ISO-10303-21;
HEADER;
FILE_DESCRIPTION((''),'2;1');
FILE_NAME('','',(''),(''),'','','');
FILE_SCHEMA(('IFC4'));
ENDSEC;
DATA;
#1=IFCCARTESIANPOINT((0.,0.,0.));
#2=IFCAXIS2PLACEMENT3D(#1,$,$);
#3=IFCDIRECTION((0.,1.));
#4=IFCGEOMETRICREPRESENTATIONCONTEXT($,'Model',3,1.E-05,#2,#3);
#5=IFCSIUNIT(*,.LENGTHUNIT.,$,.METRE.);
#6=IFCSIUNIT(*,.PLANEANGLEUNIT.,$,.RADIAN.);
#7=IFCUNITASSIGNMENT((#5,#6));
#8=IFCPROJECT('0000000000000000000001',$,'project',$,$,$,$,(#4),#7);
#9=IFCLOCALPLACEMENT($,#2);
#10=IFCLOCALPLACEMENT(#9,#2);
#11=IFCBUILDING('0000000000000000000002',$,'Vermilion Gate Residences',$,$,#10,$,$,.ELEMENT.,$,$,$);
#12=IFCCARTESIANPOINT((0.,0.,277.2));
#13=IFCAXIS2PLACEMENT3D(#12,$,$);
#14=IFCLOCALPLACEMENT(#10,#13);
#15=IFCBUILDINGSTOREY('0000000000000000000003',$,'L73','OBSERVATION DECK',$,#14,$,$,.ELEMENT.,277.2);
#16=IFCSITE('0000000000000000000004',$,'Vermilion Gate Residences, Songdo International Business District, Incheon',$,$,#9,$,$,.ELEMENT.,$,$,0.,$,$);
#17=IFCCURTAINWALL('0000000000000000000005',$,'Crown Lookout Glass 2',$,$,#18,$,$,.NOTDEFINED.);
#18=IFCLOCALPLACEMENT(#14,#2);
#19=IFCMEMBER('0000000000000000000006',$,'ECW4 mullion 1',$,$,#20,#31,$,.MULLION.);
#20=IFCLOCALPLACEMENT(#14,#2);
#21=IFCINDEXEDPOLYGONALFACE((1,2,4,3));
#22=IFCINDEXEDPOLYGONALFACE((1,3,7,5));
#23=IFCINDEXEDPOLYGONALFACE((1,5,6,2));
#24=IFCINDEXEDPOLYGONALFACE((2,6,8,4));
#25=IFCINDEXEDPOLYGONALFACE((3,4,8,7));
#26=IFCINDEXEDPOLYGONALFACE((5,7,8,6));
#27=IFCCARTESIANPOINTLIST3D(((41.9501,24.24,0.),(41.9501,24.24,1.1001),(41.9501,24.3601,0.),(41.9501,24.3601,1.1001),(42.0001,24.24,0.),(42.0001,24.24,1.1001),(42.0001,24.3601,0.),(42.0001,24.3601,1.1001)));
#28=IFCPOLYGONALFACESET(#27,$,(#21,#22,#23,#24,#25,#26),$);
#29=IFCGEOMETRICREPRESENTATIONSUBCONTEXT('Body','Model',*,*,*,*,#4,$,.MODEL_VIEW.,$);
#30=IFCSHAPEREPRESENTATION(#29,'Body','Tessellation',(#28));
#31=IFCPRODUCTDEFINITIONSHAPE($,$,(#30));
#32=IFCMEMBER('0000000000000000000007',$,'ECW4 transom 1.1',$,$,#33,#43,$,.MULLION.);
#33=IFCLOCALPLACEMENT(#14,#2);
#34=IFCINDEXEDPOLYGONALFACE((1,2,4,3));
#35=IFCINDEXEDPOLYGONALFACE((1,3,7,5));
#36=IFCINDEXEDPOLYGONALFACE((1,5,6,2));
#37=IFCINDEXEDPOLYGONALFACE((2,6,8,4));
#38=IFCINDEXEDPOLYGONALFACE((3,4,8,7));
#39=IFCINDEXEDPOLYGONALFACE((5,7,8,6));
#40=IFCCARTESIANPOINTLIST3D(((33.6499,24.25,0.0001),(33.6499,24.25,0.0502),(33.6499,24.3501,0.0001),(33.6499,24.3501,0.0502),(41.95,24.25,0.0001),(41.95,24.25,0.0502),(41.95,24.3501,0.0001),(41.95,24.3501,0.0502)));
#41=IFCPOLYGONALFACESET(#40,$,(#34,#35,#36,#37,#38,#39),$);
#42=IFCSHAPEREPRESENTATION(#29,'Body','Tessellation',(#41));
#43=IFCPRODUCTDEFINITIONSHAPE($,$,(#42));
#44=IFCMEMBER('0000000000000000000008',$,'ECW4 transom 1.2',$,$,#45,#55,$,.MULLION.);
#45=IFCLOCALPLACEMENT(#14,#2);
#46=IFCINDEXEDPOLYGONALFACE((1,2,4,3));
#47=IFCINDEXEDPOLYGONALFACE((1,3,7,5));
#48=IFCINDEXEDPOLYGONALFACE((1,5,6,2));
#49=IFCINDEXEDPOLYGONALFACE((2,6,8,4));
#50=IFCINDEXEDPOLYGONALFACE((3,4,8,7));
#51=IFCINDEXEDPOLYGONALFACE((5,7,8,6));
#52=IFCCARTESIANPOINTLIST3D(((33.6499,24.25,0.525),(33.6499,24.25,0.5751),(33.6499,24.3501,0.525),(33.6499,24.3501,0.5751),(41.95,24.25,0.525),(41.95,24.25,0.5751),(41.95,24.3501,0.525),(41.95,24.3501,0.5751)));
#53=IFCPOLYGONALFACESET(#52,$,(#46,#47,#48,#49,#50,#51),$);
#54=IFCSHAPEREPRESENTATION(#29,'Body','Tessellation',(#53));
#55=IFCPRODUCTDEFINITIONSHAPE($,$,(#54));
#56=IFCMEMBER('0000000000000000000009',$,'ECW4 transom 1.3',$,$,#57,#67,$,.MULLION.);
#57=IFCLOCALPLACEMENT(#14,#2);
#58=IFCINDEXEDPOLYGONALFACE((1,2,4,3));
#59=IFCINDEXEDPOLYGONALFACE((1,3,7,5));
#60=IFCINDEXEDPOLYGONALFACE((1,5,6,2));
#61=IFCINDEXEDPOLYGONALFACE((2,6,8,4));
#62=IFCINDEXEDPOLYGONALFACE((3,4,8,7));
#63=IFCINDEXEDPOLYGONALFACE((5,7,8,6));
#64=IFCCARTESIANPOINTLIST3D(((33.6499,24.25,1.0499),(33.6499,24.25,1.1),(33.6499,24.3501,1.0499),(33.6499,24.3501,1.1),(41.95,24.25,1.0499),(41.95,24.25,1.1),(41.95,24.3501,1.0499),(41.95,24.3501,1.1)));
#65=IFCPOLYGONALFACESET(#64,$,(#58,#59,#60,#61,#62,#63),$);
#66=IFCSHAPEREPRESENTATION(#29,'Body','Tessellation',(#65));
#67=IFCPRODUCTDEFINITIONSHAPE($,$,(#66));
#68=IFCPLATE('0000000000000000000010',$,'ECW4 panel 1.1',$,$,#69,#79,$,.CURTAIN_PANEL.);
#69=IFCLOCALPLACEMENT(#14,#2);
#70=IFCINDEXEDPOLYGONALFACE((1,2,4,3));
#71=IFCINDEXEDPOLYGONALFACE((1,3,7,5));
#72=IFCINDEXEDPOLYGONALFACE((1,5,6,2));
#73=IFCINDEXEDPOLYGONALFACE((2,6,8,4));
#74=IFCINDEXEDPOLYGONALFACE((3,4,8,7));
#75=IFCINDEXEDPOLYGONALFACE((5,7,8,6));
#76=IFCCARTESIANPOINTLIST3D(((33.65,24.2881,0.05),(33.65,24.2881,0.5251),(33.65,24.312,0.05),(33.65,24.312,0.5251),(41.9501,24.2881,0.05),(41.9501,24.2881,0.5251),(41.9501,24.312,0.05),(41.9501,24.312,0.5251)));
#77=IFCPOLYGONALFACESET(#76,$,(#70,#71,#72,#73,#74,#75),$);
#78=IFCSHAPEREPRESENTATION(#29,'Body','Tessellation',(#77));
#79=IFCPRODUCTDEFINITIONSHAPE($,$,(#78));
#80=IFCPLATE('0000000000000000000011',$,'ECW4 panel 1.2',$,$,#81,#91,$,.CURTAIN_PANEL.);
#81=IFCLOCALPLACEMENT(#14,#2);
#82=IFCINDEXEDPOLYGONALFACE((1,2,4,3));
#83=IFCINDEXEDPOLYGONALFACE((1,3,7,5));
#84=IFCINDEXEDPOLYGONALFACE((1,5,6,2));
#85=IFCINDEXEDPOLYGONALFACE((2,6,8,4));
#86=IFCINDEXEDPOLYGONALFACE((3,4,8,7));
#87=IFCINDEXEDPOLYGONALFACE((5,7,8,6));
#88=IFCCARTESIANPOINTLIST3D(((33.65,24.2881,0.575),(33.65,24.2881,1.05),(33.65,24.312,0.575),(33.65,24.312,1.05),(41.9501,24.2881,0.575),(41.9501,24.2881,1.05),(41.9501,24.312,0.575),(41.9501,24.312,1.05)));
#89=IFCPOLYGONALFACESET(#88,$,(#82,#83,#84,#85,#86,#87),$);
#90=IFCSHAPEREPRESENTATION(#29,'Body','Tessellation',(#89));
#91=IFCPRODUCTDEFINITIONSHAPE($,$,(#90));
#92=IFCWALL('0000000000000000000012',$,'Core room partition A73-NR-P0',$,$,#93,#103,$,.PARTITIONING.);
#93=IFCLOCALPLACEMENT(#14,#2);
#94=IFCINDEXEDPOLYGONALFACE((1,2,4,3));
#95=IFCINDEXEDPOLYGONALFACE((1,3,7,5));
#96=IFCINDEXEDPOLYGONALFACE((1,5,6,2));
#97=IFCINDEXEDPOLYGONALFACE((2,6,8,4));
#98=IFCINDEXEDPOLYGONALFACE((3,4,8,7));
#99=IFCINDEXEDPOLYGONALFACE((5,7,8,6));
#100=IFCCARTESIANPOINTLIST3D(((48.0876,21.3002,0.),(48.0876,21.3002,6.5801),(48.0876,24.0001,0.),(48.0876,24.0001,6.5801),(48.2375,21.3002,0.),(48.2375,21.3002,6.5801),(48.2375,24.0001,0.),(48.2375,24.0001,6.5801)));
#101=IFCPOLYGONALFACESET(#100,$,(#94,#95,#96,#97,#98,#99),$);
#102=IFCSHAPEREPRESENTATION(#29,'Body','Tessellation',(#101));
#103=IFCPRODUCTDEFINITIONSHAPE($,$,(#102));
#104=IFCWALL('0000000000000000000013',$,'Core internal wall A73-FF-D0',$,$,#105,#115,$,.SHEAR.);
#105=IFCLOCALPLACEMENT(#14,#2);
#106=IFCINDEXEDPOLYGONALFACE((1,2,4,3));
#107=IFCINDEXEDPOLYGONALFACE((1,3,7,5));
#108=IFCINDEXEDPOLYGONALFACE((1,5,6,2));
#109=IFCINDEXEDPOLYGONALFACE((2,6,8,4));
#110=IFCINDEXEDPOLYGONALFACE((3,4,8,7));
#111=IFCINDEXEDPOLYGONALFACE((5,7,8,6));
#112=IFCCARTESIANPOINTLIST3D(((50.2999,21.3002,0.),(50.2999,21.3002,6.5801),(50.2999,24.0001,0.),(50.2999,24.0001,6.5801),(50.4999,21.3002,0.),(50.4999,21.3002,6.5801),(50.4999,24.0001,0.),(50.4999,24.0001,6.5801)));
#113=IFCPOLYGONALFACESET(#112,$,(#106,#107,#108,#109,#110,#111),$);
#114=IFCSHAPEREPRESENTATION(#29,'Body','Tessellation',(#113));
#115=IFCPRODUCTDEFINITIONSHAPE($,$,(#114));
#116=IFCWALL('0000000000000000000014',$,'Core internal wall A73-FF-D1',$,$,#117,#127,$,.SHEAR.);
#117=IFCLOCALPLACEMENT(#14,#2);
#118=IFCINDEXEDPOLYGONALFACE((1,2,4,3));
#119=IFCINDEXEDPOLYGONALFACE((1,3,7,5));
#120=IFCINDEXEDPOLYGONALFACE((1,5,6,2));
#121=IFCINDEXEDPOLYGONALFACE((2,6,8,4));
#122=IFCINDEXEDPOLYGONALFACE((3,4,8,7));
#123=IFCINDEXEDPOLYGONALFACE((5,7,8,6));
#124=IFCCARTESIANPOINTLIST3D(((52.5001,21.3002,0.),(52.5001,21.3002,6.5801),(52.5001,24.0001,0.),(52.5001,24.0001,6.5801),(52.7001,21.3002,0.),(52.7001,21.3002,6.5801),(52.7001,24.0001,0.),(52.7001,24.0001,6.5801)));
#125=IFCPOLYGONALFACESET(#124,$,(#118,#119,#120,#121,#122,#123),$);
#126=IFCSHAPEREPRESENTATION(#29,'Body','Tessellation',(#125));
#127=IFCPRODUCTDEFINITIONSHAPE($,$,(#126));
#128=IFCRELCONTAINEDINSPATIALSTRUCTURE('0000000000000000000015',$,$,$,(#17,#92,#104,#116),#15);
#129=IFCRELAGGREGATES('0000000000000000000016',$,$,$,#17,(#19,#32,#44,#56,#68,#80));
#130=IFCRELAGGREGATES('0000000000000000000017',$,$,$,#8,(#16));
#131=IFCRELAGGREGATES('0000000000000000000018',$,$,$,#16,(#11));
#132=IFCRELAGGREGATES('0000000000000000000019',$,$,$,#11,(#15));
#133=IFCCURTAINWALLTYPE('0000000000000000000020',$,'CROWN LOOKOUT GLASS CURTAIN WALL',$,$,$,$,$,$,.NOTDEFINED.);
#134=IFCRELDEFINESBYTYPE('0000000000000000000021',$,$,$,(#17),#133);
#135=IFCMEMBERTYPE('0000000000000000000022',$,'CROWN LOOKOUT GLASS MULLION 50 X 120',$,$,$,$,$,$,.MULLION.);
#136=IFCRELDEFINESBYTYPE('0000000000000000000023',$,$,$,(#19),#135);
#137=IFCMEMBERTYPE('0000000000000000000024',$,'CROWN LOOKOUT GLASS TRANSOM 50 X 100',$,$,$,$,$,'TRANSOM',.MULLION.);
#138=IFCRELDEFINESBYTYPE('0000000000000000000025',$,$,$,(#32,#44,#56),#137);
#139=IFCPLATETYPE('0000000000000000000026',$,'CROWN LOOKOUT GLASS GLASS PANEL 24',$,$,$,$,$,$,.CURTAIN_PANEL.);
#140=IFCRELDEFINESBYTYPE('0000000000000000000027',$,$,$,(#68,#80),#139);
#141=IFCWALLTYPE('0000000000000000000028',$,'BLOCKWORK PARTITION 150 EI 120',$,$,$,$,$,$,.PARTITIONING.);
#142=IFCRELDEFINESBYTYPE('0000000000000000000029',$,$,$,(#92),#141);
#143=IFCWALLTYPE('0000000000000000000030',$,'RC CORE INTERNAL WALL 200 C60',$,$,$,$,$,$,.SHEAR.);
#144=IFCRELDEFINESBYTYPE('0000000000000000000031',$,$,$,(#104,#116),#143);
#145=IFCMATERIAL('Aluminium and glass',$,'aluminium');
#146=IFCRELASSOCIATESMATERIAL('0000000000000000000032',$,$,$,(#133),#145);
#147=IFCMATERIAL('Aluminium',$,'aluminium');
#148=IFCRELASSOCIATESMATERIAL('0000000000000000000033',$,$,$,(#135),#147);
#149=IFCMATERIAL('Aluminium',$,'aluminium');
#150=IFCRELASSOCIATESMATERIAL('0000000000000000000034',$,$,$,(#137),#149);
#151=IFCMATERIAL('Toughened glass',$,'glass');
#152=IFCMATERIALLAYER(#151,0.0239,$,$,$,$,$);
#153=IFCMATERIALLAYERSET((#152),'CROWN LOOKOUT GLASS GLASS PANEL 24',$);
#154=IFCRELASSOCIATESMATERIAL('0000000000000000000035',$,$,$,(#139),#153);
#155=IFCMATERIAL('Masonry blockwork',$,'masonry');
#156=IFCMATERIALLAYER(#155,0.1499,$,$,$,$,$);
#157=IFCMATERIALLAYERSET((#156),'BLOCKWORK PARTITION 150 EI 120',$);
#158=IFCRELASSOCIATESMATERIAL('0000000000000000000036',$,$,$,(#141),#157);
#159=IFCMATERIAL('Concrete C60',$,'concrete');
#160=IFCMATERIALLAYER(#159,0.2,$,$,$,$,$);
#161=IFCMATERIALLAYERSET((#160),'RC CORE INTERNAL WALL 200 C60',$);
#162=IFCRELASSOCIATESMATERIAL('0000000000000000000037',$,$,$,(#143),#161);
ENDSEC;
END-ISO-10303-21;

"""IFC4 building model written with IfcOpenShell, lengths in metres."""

from ifc_helpers import new_model, si_unit, direction, frame, frame_2d, origin, origin_2d, place, context, subcontext, project, spatial, rectangle, extrude, material, layer, layer_set, material_profile, profile_set, type_object, element, aggregate, save


model = new_model("IFC4")

# Units and contexts
model_context = context("Model", 3, precision=1e-05, world=origin(), true_north=direction((0.0, 1.0)))
body_context = subcontext(model_context, "Body", "Model", "MODEL_VIEW")
ifc_project = project(units=[si_unit("LENGTHUNIT", "METRE"), si_unit("PLANEANGLEUNIT", "RADIAN")], contexts=[model_context])

# Site, building, storey
site_placement = place(None, origin())
site = spatial("IfcSite", under=ifc_project, at=site_placement, Name="Vermilion Gate Residences, Songdo International Business District, Incheon", CompositionType="ELEMENT", RefElevation=0.0)
building_placement = place(site_placement, origin())
building = spatial("IfcBuilding", under=site, at=building_placement, Name="Vermilion Gate Residences", CompositionType="ELEMENT")
storey_placement = place(building_placement, frame((0.0, 0.0, 277.2)))
storey = spatial("IfcBuildingStorey", under=building, at=storey_placement, Name="L73", Description="OBSERVATION DECK", CompositionType="ELEMENT", Elevation=277.2)

# Curtain wall, members, plates
ifc_material_1 = material(Name="Aluminium and glass", Category="aluminium")
curtain_wall_type = type_object("IfcCurtainWallType", Name="CROWN LOOKOUT GLASS CURTAIN WALL", PredefinedType="NOTDEFINED", material=ifc_material_1)
curtain_wall_placement = place(storey_placement, origin())
curtain_wall = element("IfcCurtainWall", 1, at=curtain_wall_placement, inside=storey, type_object=curtain_wall_type, Name="Crown Lookout Glass 2", PredefinedType="NOTDEFINED")
ifc_material_2 = material(Name="Aluminium", Category="aluminium")
ifc_material_profile_1 = material_profile(ifc_material_2, rectangle(XDim=0.1201, YDim=0.05, at=origin_2d()), Name="MULLION 50 X 120")
ifc_profile_set_1 = profile_set([ifc_material_profile_1], Name="Aluminium")
member_type_1 = type_object("IfcMemberType", Name="CROWN LOOKOUT GLASS MULLION 50 X 120", PredefinedType="MULLION", material=ifc_profile_set_1)
member_1_placement = place(storey_placement, frame((41.9751, 24.3, 0.0), z_axis=(0.0, 0.0, 1.0), x_axis=(0.0, -1.0, 0.0)))
member_1 = element("IfcMember", 2, at=member_1_placement, type_object=member_type_1, Name="ECW4 mullion 1", PredefinedType="MULLION", context=body_context, shape_type="SweptSolid", body=[
    extrude(rectangle(XDim=0.1201, YDim=0.05, at=origin_2d()), origin(), (0.0, 0.0, 1.0), 1.1001),
])
ifc_material_3 = material(Name="Aluminium", Category="aluminium")
ifc_material_profile_2 = material_profile(ifc_material_3, rectangle(XDim=0.1001, YDim=0.05, at=origin_2d()), Name="TRANSOM 50 X 100")
ifc_profile_set_2 = profile_set([ifc_material_profile_2], Name="Aluminium")
member_type_2 = type_object("IfcMemberType", Name="CROWN LOOKOUT GLASS TRANSOM 50 X 100", ElementType="TRANSOM", PredefinedType="MULLION", material=ifc_profile_set_2)
member_2_placement = place(storey_placement, frame((41.95, 24.3, 0.0251), z_axis=(-1.0, 0.0, 0.0), x_axis=(0.0, -1.0, 0.0)))
member_2 = element("IfcMember", 3, at=member_2_placement, type_object=member_type_2, Name="ECW4 transom 1.1", PredefinedType="MULLION", context=body_context, shape_type="SweptSolid", body=[
    extrude(rectangle(XDim=0.1001, YDim=0.05, at=origin_2d()), origin(), (0.0, 0.0, 1.0), 8.3),
])
member_3_placement = place(storey_placement, frame((41.95, 24.3, 0.55), z_axis=(-1.0, 0.0, 0.0), x_axis=(0.0, -1.0, 0.0)))
member_3 = element("IfcMember", 4, at=member_3_placement, type_object=member_type_2, Name="ECW4 transom 1.2", PredefinedType="MULLION", context=body_context, shape_type="SweptSolid", body=[
    extrude(rectangle(XDim=0.1001, YDim=0.05, at=origin_2d()), origin(), (0.0, 0.0, 1.0), 8.3),
])
member_4_placement = place(storey_placement, frame((41.95, 24.3, 1.075), z_axis=(-1.0, 0.0, 0.0), x_axis=(0.0, -1.0, 0.0)))
member_4 = element("IfcMember", 5, at=member_4_placement, type_object=member_type_2, Name="ECW4 transom 1.3", PredefinedType="MULLION", context=body_context, shape_type="SweptSolid", body=[
    extrude(rectangle(XDim=0.1001, YDim=0.05, at=origin_2d()), origin(), (0.0, 0.0, 1.0), 8.3),
])
ifc_material_4 = material(Name="Toughened glass", Category="glass")
ifc_layer_1 = layer(ifc_material_4, 0.0239)
ifc_layer_set_1 = layer_set([ifc_layer_1], Name="CROWN LOOKOUT GLASS GLASS PANEL 24")
plate_type = type_object("IfcPlateType", Name="CROWN LOOKOUT GLASS GLASS PANEL 24", PredefinedType="CURTAIN_PANEL", material=ifc_layer_set_1)
plate_1_placement = place(storey_placement, frame((37.8, 24.3, 0.05), z_axis=(0.0, 0.0, 1.0), x_axis=(-1.0, 0.0, 0.0)))
plate_1 = element("IfcPlate", 6, at=plate_1_placement, type_object=plate_type, Name="ECW4 panel 1.1", PredefinedType="CURTAIN_PANEL", context=body_context, shape_type="SweptSolid", body=[
    extrude(rectangle(XDim=8.3, YDim=0.0239, at=origin_2d()), origin(), (0.0, 0.0, 1.0), 0.4751),
])
plate_2_placement = place(storey_placement, frame((37.8, 24.3, 0.575), z_axis=(0.0, 0.0, 1.0), x_axis=(-1.0, 0.0, 0.0)))
plate_2 = element("IfcPlate", 7, at=plate_2_placement, type_object=plate_type, Name="ECW4 panel 1.2", PredefinedType="CURTAIN_PANEL", context=body_context, shape_type="SweptSolid", body=[
    extrude(rectangle(XDim=8.3, YDim=0.0239, at=origin_2d()), origin(), (0.0, 0.0, 1.0), 0.4751),
])
aggregate(curtain_wall, [member_1, member_2, member_3, member_4, plate_1, plate_2])

# Walls
ifc_material_5 = material(Name="Masonry blockwork", Category="masonry")
ifc_layer_2 = layer(ifc_material_5, 0.1499)
ifc_layer_set_2 = layer_set([ifc_layer_2], Name="BLOCKWORK PARTITION 150 EI 120")
wall_type_1 = type_object("IfcWallType", Name="BLOCKWORK PARTITION 150 EI 120", PredefinedType="PARTITIONING", material=ifc_layer_set_2)
wall_1_placement = place(storey_placement, frame((48.1626, 21.3, 0.0), z_axis=(0.0, 0.0, 1.0), x_axis=(0.0, 1.0, 0.0)))
element("IfcWall", 8, at=wall_1_placement, inside=storey, type_object=wall_type_1, Name="Core room partition A73-NR-P0", PredefinedType="PARTITIONING", context=body_context, shape_type="SweptSolid", body=[
    extrude(rectangle(XDim=2.7, YDim=0.1499, at=frame_2d((1.3501, 0.0))), origin(), (0.0, 0.0, 1.0), 6.5801),
])
ifc_material_6 = material(Name="Concrete C60", Category="concrete")
ifc_layer_3 = layer(ifc_material_6, 0.2)
ifc_layer_set_3 = layer_set([ifc_layer_3], Name="RC CORE INTERNAL WALL 200 C60")
wall_type_2 = type_object("IfcWallType", Name="RC CORE INTERNAL WALL 200 C60", PredefinedType="SHEAR", material=ifc_layer_set_3)
for number, where, z_axis, x_axis, name in (
    (9, (50.3999, 21.3, 0.0), (0.0, 0.0, 1.0), (0.0, 1.0, 0.0), "Core internal wall A73-FF-D0"),
    (10, (52.6001, 21.3, 0.0), (0.0, 0.0, 1.0), (0.0, 1.0, 0.0), "Core internal wall A73-FF-D1"),
):
    element("IfcWall", number, at=place(storey_placement, frame(where, z_axis=z_axis, x_axis=x_axis)), inside=storey, type_object=wall_type_2, Name=name, PredefinedType="SHEAR", context=body_context, shape_type="SweptSolid", body=[
        extrude(rectangle(XDim=2.7, YDim=0.2, at=frame_2d((1.3501, 0.0))), origin(), (0.0, 0.0, 1.0), 6.5801),
    ])

save(model, "model.ifc")
